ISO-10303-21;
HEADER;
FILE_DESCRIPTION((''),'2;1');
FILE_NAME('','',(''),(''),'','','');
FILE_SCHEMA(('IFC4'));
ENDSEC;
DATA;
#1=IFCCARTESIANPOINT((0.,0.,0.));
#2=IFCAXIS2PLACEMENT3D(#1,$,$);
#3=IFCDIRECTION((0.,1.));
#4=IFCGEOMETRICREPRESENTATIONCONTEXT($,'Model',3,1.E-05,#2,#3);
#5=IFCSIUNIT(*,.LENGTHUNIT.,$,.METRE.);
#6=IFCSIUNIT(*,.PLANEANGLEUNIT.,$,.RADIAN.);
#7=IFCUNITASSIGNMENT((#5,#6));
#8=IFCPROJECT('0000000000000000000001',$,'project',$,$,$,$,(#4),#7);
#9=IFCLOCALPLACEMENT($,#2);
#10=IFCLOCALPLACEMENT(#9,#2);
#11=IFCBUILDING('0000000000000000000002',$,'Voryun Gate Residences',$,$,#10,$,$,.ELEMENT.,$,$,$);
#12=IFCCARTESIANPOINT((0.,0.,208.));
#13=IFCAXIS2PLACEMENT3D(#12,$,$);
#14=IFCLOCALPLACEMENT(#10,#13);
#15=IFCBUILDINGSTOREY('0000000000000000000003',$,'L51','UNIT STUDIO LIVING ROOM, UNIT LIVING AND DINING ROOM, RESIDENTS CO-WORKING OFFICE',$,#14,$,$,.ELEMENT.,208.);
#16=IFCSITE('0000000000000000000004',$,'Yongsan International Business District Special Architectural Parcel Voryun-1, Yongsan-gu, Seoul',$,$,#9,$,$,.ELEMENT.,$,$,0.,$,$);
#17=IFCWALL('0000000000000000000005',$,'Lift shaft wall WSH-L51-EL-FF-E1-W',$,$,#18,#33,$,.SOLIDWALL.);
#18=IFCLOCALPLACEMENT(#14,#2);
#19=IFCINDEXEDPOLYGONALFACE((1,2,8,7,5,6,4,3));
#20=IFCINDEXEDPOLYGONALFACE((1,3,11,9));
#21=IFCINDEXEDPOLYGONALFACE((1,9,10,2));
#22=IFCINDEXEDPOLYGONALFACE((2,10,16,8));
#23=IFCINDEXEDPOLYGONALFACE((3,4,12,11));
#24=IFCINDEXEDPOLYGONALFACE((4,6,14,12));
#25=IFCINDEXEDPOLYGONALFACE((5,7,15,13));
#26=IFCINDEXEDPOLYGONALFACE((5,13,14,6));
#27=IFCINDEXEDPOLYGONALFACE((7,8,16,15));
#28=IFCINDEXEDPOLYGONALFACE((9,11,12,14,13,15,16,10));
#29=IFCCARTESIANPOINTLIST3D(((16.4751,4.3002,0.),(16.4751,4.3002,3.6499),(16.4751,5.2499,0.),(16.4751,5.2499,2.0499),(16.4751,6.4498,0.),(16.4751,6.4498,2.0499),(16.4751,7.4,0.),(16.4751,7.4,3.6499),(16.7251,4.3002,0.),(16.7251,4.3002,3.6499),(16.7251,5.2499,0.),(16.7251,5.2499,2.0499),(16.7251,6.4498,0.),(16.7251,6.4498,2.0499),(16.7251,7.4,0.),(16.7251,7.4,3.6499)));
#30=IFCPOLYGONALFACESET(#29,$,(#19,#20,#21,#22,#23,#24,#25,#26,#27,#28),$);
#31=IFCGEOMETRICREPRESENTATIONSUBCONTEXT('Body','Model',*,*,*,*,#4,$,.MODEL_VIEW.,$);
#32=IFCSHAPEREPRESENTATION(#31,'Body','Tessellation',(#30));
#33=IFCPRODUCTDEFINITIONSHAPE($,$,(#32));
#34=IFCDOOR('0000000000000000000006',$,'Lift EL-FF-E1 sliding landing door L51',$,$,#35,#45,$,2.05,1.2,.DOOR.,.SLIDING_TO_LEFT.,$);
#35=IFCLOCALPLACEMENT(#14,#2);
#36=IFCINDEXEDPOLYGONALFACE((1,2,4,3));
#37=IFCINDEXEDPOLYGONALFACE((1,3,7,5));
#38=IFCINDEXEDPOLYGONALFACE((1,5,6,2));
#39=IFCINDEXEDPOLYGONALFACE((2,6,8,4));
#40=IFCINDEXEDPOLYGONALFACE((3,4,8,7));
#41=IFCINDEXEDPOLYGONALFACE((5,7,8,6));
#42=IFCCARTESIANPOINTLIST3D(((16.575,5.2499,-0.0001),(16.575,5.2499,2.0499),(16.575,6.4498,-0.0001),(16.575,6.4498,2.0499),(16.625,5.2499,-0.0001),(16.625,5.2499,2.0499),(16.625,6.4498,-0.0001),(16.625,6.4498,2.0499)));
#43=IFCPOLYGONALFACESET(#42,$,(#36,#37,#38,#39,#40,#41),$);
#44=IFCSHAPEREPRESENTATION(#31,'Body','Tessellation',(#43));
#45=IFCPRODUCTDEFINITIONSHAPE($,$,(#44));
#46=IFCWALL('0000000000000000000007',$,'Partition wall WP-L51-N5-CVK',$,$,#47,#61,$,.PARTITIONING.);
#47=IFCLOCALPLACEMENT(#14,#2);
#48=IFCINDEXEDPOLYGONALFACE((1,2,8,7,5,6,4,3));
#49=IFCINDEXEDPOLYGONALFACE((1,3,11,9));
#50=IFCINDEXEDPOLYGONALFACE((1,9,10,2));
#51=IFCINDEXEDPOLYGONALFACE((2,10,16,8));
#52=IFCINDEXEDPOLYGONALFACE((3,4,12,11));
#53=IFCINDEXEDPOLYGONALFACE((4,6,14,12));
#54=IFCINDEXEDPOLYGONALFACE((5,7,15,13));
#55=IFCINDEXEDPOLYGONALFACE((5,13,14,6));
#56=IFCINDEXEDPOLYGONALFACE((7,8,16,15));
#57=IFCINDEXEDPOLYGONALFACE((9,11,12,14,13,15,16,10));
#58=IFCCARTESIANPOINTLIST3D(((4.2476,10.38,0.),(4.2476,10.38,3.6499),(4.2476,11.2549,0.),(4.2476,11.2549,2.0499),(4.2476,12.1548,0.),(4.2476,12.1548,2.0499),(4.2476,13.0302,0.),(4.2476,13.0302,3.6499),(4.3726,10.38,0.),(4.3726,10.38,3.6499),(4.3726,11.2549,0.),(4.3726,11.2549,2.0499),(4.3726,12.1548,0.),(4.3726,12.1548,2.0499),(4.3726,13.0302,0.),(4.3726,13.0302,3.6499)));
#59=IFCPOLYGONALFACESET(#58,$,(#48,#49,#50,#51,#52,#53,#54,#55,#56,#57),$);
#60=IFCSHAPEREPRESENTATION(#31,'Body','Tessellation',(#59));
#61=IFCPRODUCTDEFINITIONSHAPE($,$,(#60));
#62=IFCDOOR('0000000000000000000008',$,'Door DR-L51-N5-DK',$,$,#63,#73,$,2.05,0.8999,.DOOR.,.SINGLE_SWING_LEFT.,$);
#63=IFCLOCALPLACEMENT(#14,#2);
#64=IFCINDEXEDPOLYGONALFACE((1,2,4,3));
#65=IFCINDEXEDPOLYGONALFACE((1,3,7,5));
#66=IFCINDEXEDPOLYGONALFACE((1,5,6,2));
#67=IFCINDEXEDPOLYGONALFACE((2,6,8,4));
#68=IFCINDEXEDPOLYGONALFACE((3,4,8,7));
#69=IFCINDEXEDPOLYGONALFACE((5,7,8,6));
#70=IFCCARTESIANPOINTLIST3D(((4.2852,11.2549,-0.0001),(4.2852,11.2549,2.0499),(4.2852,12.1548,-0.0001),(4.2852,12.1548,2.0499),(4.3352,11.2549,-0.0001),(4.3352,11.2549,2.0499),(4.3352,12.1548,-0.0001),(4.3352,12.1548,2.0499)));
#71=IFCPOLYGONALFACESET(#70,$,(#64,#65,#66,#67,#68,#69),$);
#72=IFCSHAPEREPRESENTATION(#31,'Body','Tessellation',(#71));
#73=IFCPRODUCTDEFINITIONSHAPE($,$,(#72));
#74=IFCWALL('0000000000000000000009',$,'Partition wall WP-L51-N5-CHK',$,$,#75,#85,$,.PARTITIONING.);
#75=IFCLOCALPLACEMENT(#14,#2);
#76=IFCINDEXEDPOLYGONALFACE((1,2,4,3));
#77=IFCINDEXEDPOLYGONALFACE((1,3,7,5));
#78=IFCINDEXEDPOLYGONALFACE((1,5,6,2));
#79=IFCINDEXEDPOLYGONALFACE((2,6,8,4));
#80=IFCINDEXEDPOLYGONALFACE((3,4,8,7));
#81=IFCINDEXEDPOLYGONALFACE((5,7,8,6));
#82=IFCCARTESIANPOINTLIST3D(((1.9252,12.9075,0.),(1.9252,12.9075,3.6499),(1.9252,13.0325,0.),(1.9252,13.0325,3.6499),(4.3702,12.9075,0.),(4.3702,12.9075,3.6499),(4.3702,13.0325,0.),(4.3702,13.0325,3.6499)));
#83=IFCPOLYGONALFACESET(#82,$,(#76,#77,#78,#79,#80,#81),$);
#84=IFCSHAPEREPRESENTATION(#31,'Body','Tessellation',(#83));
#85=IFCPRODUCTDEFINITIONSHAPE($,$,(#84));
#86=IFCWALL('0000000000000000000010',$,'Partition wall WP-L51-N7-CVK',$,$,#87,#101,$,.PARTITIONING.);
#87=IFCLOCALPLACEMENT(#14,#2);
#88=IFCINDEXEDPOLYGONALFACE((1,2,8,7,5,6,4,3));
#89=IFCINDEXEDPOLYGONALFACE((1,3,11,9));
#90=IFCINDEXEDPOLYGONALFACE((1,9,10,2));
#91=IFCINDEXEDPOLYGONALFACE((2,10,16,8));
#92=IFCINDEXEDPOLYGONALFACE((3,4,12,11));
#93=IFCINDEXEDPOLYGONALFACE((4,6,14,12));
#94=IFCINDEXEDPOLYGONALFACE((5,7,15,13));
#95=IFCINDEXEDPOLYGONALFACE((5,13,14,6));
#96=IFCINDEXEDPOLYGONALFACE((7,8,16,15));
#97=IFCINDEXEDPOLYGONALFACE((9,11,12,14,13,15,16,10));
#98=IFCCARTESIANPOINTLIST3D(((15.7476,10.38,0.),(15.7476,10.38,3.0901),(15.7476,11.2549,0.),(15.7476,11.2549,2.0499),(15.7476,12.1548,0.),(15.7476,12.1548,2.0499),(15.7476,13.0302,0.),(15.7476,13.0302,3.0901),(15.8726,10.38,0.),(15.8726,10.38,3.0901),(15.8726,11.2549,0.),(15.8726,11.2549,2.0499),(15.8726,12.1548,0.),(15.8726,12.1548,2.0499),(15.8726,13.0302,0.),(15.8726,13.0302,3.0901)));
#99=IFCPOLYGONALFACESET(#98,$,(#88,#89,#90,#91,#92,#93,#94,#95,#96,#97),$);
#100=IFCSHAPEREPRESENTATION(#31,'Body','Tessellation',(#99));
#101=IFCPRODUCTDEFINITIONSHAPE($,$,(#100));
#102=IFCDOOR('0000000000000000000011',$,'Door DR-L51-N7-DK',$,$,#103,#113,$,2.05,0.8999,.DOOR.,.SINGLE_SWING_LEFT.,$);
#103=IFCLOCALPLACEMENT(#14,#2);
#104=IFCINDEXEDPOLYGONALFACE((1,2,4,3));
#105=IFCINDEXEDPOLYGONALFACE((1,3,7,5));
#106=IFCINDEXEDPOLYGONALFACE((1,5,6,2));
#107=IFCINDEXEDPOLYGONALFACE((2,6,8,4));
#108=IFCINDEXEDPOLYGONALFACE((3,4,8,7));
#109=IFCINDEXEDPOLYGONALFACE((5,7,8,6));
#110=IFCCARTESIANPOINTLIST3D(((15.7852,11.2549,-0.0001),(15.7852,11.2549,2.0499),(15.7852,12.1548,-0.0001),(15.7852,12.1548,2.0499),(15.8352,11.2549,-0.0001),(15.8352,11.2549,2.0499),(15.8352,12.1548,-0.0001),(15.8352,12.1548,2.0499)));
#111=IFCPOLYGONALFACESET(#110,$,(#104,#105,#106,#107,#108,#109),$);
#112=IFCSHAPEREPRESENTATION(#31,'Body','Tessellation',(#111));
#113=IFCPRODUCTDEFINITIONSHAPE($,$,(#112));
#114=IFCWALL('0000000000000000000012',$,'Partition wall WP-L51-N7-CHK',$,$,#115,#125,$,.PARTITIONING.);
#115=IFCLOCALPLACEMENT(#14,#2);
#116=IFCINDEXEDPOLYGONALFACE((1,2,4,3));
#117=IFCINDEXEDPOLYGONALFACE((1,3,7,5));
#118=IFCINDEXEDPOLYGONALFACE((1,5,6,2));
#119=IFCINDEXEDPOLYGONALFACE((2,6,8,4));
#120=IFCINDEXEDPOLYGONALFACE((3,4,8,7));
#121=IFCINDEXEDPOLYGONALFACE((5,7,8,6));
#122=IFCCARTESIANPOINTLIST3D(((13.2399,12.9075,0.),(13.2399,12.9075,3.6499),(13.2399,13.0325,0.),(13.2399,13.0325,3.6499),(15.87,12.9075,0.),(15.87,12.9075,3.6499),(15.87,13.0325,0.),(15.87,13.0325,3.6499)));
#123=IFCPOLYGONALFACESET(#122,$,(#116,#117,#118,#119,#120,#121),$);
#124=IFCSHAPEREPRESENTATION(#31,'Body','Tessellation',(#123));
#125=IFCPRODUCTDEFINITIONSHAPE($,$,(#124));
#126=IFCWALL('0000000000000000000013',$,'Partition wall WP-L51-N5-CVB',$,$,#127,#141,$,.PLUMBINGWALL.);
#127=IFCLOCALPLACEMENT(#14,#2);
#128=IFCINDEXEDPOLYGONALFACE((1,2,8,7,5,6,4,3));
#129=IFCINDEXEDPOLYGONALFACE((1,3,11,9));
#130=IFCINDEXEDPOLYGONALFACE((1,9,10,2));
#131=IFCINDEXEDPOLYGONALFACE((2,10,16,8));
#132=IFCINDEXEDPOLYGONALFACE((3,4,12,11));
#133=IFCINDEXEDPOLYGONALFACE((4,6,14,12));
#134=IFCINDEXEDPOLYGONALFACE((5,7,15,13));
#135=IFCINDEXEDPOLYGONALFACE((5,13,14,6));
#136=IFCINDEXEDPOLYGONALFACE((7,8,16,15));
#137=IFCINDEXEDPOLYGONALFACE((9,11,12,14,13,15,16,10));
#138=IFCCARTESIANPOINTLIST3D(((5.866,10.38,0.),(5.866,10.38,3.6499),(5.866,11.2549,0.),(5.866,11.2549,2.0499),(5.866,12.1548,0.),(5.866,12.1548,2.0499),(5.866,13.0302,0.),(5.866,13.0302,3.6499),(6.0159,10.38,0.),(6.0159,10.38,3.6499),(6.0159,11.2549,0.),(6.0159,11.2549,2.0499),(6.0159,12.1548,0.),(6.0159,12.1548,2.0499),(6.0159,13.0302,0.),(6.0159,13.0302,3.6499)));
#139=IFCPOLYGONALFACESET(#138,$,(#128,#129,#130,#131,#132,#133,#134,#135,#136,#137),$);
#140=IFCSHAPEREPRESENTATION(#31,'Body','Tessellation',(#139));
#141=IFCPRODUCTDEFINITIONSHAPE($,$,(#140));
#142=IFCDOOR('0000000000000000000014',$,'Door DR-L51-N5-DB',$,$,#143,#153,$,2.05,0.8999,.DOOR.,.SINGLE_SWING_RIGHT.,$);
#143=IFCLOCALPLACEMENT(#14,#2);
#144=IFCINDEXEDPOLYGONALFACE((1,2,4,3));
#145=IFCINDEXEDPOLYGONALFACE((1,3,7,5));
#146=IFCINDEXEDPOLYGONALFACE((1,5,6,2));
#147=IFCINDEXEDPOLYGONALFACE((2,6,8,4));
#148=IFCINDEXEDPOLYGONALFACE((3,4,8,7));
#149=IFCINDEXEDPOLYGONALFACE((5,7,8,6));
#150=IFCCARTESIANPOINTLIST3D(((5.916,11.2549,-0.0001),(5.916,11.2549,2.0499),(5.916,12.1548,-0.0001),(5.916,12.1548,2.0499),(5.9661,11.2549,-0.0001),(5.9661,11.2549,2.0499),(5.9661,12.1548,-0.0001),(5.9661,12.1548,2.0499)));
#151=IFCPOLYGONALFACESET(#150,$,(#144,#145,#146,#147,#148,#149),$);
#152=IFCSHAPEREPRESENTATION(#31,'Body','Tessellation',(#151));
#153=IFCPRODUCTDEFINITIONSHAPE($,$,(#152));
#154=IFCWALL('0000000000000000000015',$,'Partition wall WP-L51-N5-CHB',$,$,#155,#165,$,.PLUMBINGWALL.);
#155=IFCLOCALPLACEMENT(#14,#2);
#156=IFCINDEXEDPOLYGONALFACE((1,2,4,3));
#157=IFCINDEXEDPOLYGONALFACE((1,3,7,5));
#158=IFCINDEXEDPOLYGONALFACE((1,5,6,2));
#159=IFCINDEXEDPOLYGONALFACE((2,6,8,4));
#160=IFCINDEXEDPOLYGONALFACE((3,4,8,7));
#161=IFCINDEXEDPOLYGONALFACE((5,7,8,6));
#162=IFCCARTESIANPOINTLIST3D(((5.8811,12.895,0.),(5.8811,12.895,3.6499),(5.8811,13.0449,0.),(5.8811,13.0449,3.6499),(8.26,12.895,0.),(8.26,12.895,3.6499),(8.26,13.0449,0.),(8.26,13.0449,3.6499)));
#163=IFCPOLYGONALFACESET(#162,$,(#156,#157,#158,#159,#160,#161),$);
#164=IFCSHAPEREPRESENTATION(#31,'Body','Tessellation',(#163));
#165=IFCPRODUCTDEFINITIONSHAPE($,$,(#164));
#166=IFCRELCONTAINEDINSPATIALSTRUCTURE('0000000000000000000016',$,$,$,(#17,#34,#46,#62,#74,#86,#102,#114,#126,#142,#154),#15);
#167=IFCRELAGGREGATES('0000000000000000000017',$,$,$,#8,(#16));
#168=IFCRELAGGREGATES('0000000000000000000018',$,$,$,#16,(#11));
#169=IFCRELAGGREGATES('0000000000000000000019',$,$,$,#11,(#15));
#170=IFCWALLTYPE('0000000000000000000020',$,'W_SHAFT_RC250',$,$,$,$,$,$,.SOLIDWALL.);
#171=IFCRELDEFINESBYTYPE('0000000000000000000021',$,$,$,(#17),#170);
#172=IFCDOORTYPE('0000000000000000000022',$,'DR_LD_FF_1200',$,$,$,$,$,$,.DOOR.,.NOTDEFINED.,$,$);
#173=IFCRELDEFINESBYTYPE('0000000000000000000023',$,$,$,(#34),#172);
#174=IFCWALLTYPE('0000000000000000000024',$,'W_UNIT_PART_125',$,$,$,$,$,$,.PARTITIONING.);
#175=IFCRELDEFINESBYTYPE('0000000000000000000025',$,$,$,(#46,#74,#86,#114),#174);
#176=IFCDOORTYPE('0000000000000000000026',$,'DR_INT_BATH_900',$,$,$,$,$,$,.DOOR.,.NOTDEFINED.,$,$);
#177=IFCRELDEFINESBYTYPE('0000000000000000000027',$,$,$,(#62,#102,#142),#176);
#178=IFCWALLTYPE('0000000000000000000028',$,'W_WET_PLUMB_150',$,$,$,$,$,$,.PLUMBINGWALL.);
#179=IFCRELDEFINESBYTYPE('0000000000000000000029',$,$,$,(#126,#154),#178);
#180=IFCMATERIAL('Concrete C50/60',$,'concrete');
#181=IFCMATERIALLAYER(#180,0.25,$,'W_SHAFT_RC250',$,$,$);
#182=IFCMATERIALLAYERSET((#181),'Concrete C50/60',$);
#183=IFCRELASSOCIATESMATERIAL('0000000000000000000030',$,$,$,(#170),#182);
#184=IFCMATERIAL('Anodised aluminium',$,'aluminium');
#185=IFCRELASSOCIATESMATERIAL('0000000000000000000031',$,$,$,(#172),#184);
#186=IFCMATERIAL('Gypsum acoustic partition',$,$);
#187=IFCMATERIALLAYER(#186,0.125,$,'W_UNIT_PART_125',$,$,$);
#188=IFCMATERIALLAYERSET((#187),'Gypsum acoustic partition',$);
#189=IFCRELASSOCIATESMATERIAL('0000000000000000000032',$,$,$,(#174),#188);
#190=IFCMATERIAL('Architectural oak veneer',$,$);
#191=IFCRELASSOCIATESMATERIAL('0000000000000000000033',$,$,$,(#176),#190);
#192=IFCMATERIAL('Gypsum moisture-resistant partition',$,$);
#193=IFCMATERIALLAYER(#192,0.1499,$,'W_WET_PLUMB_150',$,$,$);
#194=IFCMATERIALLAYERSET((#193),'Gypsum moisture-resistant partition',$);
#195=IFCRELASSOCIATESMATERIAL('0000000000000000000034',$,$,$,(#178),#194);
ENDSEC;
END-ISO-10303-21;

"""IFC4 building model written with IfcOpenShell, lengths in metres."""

from ifc_helpers import new_model, si_unit, direction, frame, frame_2d, origin, place, context, subcontext, project, spatial, rectangle, extrude, material, layer, layer_set, type_object, element, fill, save


model = new_model("IFC4")

# Units and contexts
model_context = context("Model", 3, precision=1e-05, world=origin(), true_north=direction((0.0, 1.0)))
body_context = subcontext(model_context, "Body", "Model", "MODEL_VIEW")
ifc_project = project(units=[si_unit("LENGTHUNIT", "METRE"), si_unit("PLANEANGLEUNIT", "RADIAN")], contexts=[model_context])

# Site, building, storey
site_placement = place(None, origin())
site = spatial("IfcSite", under=ifc_project, at=site_placement, Name="Yongsan International Business District Special Architectural Parcel Voryun-1, Yongsan-gu, Seoul", CompositionType="ELEMENT", RefElevation=0.0)
building_placement = place(site_placement, origin())
building = spatial("IfcBuilding", under=site, at=building_placement, Name="Voryun Gate Residences", CompositionType="ELEMENT")
storey_placement = place(building_placement, frame((0.0, 0.0, 208.0)))
storey = spatial("IfcBuildingStorey", under=building, at=storey_placement, Name="L51", Description="UNIT STUDIO LIVING ROOM, UNIT LIVING AND DINING ROOM, RESIDENTS CO-WORKING OFFICE", CompositionType="ELEMENT", Elevation=208.0)

# Walls, openings, doors
ifc_material_1 = material(Name="Concrete C50/60", Category="concrete")
ifc_layer_1 = layer(ifc_material_1, 0.25, Name="W_SHAFT_RC250")
ifc_layer_set_1 = layer_set([ifc_layer_1], Name="Concrete C50/60")
wall_type_1 = type_object("IfcWallType", Name="W_SHAFT_RC250", PredefinedType="SOLIDWALL", material=ifc_layer_set_1)
wall_1_placement = place(storey_placement, frame((16.6001, 7.3999, 0.0), z_axis=(0.0, 0.0, 1.0), x_axis=(0.0, -1.0, 0.0)))
wall_1 = element("IfcWall", 1, at=wall_1_placement, inside=storey, type_object=wall_type_1, Name="Lift shaft wall WSH-L51-EL-FF-E1-W", PredefinedType="SOLIDWALL", context=body_context, shape_type="SweptSolid", body=[
    extrude(rectangle(XDim=3.0999, YDim=0.25, at=frame_2d((1.5498, 0.0))), origin(), (0.0, 0.0, 1.0), 3.6499),
])
opening_1_placement = place(wall_1_placement, frame((0.95, 0.0, 0.0)))
opening_1 = element("IfcOpeningElement", 2, at=opening_1_placement, cuts=wall_1, PredefinedType="OPENING", context=body_context, shape_type="SweptSolid", body=[
    extrude(rectangle(XDim=1.2, YDim=2.05, at=frame_2d((0.6001, 1.0249))), frame((0.0, 0.135, 0.0), z_axis=(0.0, -1.0, 0.0), x_axis=(1.0, 0.0, 0.0)), (0.0, 0.0, 1.0), 0.27),
])
ifc_material_2 = material(Name="Anodised aluminium", Category="aluminium")
door_type_1 = type_object("IfcDoorType", Name="DR_LD_FF_1200", OperationType="NOTDEFINED", PredefinedType="DOOR", material=ifc_material_2)
door_1_placement = place(opening_1_placement, origin())
door_1 = element("IfcDoor", 3, at=door_1_placement, inside=storey, type_object=door_type_1, Name="Lift EL-FF-E1 sliding landing door L51", OperationType="SLIDING_TO_LEFT", OverallHeight=2.05, OverallWidth=1.2, PredefinedType="DOOR", context=body_context, shape_type="SweptSolid", body=[
    extrude(rectangle(XDim=1.2, YDim=2.05, at=frame_2d((0.6001, 1.0249))), frame((0.0, 0.0249, 0.0), z_axis=(0.0, -1.0, 0.0), x_axis=(1.0, 0.0, 0.0)), (0.0, 0.0, 1.0), 0.05),
])
fill(opening_1, door_1)
ifc_material_3 = material(Name="Gypsum acoustic partition")
ifc_layer_2 = layer(ifc_material_3, 0.125, Name="W_UNIT_PART_125")
ifc_layer_set_2 = layer_set([ifc_layer_2], Name="Gypsum acoustic partition")
wall_type_2 = type_object("IfcWallType", Name="W_UNIT_PART_125", PredefinedType="PARTITIONING", material=ifc_layer_set_2)
wall_2_placement = place(storey_placement, frame((4.3101, 10.3799, 0.0), z_axis=(0.0, 0.0, 1.0), x_axis=(0.0, 1.0, 0.0)))
wall_2 = element("IfcWall", 4, at=wall_2_placement, inside=storey, type_object=wall_type_2, Name="Partition wall WP-L51-N5-CVK", PredefinedType="PARTITIONING", context=body_context, shape_type="SweptSolid", body=[
    extrude(rectangle(XDim=2.6501, YDim=0.125, at=frame_2d((1.3252, 0.0))), origin(), (0.0, 0.0, 1.0), 3.6499),
])
opening_2_placement = place(wall_2_placement, frame((0.875, 0.0, 0.0)))
opening_2 = element("IfcOpeningElement", 5, at=opening_2_placement, cuts=wall_2, PredefinedType="OPENING", context=body_context, shape_type="SweptSolid", body=[
    extrude(rectangle(XDim=0.8999, YDim=2.05, at=frame_2d((0.45, 1.0249))), frame((0.0, 0.0725, 0.0), z_axis=(0.0, -1.0, 0.0), x_axis=(1.0, 0.0, 0.0)), (0.0, 0.0, 1.0), 0.145),
])
ifc_material_4 = material(Name="Architectural oak veneer")
door_type_2 = type_object("IfcDoorType", Name="DR_INT_BATH_900", OperationType="NOTDEFINED", PredefinedType="DOOR", material=ifc_material_4)
door_2_placement = place(opening_2_placement, origin())
door_2 = element("IfcDoor", 6, at=door_2_placement, inside=storey, type_object=door_type_2, Name="Door DR-L51-N5-DK", OperationType="SINGLE_SWING_LEFT", OverallHeight=2.05, OverallWidth=0.8999, PredefinedType="DOOR", context=body_context, shape_type="SweptSolid", body=[
    extrude(rectangle(XDim=0.8999, YDim=2.05, at=frame_2d((0.45, 1.0249))), frame((0.0, 0.0249, 0.0), z_axis=(0.0, -1.0, 0.0), x_axis=(1.0, 0.0, 0.0)), (0.0, 0.0, 1.0), 0.05),
])
fill(opening_2, door_2)

# Wall
wall_3_placement = place(storey_placement, frame((1.925, 12.97, 0.0), z_axis=(0.0, 0.0, 1.0), x_axis=(1.0, 0.0, 0.0)))
element("IfcWall", 7, at=wall_3_placement, inside=storey, type_object=wall_type_2, Name="Partition wall WP-L51-N5-CHK", PredefinedType="PARTITIONING", context=body_context, shape_type="SweptSolid", body=[
    extrude(rectangle(XDim=2.4451, YDim=0.125, at=frame_2d((1.2227, 0.0))), origin(), (0.0, 0.0, 1.0), 3.6499),
])

# Wall, opening, door
wall_4_placement = place(storey_placement, frame((15.8101, 10.3799, 0.0), z_axis=(0.0, 0.0, 1.0), x_axis=(0.0, 1.0, 0.0)))
wall_4 = element("IfcWall", 8, at=wall_4_placement, inside=storey, type_object=wall_type_2, Name="Partition wall WP-L51-N7-CVK", PredefinedType="PARTITIONING", context=body_context, shape_type="SweptSolid", body=[
    extrude(rectangle(XDim=2.6501, YDim=0.125, at=frame_2d((1.3252, 0.0))), origin(), (0.0, 0.0, 1.0), 3.0901),
])
opening_3_placement = place(wall_4_placement, frame((0.875, 0.0, 0.0)))
opening_3 = element("IfcOpeningElement", 9, at=opening_3_placement, cuts=wall_4, PredefinedType="OPENING", context=body_context, shape_type="SweptSolid", body=[
    extrude(rectangle(XDim=0.8999, YDim=2.05, at=frame_2d((0.45, 1.0249))), frame((0.0, 0.0725, 0.0), z_axis=(0.0, -1.0, 0.0), x_axis=(1.0, 0.0, 0.0)), (0.0, 0.0, 1.0), 0.145),
])
door_3_placement = place(opening_3_placement, origin())
door_3 = element("IfcDoor", 10, at=door_3_placement, inside=storey, type_object=door_type_2, Name="Door DR-L51-N7-DK", OperationType="SINGLE_SWING_LEFT", OverallHeight=2.05, OverallWidth=0.8999, PredefinedType="DOOR", context=body_context, shape_type="SweptSolid", body=[
    extrude(rectangle(XDim=0.8999, YDim=2.05, at=frame_2d((0.45, 1.0249))), frame((0.0, 0.0249, 0.0), z_axis=(0.0, -1.0, 0.0), x_axis=(1.0, 0.0, 0.0)), (0.0, 0.0, 1.0), 0.05),
])
fill(opening_3, door_3)

# Wall
wall_5_placement = place(storey_placement, frame((13.24, 12.97, 0.0), z_axis=(0.0, 0.0, 1.0), x_axis=(1.0, 0.0, 0.0)))
element("IfcWall", 11, at=wall_5_placement, inside=storey, type_object=wall_type_2, Name="Partition wall WP-L51-N7-CHK", PredefinedType="PARTITIONING", context=body_context, shape_type="SweptSolid", body=[
    extrude(rectangle(XDim=2.6301, YDim=0.125, at=frame_2d((1.3149, 0.0))), origin(), (0.0, 0.0, 1.0), 3.6499),
])

# Wall, opening, door
ifc_material_5 = material(Name="Gypsum moisture-resistant partition")
ifc_layer_3 = layer(ifc_material_5, 0.1499, Name="W_WET_PLUMB_150")
ifc_layer_set_3 = layer_set([ifc_layer_3], Name="Gypsum moisture-resistant partition")
wall_type_3 = type_object("IfcWallType", Name="W_WET_PLUMB_150", PredefinedType="PLUMBINGWALL", material=ifc_layer_set_3)
wall_6_placement = place(storey_placement, frame((5.9409, 10.3799, 0.0), z_axis=(0.0, 0.0, 1.0), x_axis=(0.0, 1.0, 0.0)))
wall_6 = element("IfcWall", 12, at=wall_6_placement, inside=storey, type_object=wall_type_3, Name="Partition wall WP-L51-N5-CVB", PredefinedType="PLUMBINGWALL", context=body_context, shape_type="SweptSolid", body=[
    extrude(rectangle(XDim=2.6501, YDim=0.1499, at=frame_2d((1.3252, 0.0))), origin(), (0.0, 0.0, 1.0), 3.6499),
])
opening_4_placement = place(wall_6_placement, frame((0.875, 0.0, 0.0)))
opening_4 = element("IfcOpeningElement", 13, at=opening_4_placement, cuts=wall_6, PredefinedType="OPENING", context=body_context, shape_type="SweptSolid", body=[
    extrude(rectangle(XDim=0.8999, YDim=2.05, at=frame_2d((0.45, 1.0249))), frame((0.0, 0.085, 0.0), z_axis=(0.0, -1.0, 0.0), x_axis=(1.0, 0.0, 0.0)), (0.0, 0.0, 1.0), 0.1699),
])
door_4_placement = place(opening_4_placement, origin())
door_4 = element("IfcDoor", 14, at=door_4_placement, inside=storey, type_object=door_type_2, Name="Door DR-L51-N5-DB", OperationType="SINGLE_SWING_RIGHT", OverallHeight=2.05, OverallWidth=0.8999, PredefinedType="DOOR", context=body_context, shape_type="SweptSolid", body=[
    extrude(rectangle(XDim=0.8999, YDim=2.05, at=frame_2d((0.45, 1.0249))), frame((0.0, 0.0249, 0.0), z_axis=(0.0, -1.0, 0.0), x_axis=(1.0, 0.0, 0.0)), (0.0, 0.0, 1.0), 0.05),
])
fill(opening_4, door_4)

# Wall
wall_7_placement = place(storey_placement, frame((5.8811, 12.97, 0.0), z_axis=(0.0, 0.0, 1.0), x_axis=(1.0, 0.0, 0.0)))
element("IfcWall", 15, at=wall_7_placement, inside=storey, type_object=wall_type_3, Name="Partition wall WP-L51-N5-CHB", PredefinedType="PLUMBINGWALL", context=body_context, shape_type="SweptSolid", body=[
    extrude(rectangle(XDim=2.3789, YDim=0.1499, at=frame_2d((1.1895, 0.0))), origin(), (0.0, 0.0, 1.0), 3.6499),
])

save(model, "model.ifc")
